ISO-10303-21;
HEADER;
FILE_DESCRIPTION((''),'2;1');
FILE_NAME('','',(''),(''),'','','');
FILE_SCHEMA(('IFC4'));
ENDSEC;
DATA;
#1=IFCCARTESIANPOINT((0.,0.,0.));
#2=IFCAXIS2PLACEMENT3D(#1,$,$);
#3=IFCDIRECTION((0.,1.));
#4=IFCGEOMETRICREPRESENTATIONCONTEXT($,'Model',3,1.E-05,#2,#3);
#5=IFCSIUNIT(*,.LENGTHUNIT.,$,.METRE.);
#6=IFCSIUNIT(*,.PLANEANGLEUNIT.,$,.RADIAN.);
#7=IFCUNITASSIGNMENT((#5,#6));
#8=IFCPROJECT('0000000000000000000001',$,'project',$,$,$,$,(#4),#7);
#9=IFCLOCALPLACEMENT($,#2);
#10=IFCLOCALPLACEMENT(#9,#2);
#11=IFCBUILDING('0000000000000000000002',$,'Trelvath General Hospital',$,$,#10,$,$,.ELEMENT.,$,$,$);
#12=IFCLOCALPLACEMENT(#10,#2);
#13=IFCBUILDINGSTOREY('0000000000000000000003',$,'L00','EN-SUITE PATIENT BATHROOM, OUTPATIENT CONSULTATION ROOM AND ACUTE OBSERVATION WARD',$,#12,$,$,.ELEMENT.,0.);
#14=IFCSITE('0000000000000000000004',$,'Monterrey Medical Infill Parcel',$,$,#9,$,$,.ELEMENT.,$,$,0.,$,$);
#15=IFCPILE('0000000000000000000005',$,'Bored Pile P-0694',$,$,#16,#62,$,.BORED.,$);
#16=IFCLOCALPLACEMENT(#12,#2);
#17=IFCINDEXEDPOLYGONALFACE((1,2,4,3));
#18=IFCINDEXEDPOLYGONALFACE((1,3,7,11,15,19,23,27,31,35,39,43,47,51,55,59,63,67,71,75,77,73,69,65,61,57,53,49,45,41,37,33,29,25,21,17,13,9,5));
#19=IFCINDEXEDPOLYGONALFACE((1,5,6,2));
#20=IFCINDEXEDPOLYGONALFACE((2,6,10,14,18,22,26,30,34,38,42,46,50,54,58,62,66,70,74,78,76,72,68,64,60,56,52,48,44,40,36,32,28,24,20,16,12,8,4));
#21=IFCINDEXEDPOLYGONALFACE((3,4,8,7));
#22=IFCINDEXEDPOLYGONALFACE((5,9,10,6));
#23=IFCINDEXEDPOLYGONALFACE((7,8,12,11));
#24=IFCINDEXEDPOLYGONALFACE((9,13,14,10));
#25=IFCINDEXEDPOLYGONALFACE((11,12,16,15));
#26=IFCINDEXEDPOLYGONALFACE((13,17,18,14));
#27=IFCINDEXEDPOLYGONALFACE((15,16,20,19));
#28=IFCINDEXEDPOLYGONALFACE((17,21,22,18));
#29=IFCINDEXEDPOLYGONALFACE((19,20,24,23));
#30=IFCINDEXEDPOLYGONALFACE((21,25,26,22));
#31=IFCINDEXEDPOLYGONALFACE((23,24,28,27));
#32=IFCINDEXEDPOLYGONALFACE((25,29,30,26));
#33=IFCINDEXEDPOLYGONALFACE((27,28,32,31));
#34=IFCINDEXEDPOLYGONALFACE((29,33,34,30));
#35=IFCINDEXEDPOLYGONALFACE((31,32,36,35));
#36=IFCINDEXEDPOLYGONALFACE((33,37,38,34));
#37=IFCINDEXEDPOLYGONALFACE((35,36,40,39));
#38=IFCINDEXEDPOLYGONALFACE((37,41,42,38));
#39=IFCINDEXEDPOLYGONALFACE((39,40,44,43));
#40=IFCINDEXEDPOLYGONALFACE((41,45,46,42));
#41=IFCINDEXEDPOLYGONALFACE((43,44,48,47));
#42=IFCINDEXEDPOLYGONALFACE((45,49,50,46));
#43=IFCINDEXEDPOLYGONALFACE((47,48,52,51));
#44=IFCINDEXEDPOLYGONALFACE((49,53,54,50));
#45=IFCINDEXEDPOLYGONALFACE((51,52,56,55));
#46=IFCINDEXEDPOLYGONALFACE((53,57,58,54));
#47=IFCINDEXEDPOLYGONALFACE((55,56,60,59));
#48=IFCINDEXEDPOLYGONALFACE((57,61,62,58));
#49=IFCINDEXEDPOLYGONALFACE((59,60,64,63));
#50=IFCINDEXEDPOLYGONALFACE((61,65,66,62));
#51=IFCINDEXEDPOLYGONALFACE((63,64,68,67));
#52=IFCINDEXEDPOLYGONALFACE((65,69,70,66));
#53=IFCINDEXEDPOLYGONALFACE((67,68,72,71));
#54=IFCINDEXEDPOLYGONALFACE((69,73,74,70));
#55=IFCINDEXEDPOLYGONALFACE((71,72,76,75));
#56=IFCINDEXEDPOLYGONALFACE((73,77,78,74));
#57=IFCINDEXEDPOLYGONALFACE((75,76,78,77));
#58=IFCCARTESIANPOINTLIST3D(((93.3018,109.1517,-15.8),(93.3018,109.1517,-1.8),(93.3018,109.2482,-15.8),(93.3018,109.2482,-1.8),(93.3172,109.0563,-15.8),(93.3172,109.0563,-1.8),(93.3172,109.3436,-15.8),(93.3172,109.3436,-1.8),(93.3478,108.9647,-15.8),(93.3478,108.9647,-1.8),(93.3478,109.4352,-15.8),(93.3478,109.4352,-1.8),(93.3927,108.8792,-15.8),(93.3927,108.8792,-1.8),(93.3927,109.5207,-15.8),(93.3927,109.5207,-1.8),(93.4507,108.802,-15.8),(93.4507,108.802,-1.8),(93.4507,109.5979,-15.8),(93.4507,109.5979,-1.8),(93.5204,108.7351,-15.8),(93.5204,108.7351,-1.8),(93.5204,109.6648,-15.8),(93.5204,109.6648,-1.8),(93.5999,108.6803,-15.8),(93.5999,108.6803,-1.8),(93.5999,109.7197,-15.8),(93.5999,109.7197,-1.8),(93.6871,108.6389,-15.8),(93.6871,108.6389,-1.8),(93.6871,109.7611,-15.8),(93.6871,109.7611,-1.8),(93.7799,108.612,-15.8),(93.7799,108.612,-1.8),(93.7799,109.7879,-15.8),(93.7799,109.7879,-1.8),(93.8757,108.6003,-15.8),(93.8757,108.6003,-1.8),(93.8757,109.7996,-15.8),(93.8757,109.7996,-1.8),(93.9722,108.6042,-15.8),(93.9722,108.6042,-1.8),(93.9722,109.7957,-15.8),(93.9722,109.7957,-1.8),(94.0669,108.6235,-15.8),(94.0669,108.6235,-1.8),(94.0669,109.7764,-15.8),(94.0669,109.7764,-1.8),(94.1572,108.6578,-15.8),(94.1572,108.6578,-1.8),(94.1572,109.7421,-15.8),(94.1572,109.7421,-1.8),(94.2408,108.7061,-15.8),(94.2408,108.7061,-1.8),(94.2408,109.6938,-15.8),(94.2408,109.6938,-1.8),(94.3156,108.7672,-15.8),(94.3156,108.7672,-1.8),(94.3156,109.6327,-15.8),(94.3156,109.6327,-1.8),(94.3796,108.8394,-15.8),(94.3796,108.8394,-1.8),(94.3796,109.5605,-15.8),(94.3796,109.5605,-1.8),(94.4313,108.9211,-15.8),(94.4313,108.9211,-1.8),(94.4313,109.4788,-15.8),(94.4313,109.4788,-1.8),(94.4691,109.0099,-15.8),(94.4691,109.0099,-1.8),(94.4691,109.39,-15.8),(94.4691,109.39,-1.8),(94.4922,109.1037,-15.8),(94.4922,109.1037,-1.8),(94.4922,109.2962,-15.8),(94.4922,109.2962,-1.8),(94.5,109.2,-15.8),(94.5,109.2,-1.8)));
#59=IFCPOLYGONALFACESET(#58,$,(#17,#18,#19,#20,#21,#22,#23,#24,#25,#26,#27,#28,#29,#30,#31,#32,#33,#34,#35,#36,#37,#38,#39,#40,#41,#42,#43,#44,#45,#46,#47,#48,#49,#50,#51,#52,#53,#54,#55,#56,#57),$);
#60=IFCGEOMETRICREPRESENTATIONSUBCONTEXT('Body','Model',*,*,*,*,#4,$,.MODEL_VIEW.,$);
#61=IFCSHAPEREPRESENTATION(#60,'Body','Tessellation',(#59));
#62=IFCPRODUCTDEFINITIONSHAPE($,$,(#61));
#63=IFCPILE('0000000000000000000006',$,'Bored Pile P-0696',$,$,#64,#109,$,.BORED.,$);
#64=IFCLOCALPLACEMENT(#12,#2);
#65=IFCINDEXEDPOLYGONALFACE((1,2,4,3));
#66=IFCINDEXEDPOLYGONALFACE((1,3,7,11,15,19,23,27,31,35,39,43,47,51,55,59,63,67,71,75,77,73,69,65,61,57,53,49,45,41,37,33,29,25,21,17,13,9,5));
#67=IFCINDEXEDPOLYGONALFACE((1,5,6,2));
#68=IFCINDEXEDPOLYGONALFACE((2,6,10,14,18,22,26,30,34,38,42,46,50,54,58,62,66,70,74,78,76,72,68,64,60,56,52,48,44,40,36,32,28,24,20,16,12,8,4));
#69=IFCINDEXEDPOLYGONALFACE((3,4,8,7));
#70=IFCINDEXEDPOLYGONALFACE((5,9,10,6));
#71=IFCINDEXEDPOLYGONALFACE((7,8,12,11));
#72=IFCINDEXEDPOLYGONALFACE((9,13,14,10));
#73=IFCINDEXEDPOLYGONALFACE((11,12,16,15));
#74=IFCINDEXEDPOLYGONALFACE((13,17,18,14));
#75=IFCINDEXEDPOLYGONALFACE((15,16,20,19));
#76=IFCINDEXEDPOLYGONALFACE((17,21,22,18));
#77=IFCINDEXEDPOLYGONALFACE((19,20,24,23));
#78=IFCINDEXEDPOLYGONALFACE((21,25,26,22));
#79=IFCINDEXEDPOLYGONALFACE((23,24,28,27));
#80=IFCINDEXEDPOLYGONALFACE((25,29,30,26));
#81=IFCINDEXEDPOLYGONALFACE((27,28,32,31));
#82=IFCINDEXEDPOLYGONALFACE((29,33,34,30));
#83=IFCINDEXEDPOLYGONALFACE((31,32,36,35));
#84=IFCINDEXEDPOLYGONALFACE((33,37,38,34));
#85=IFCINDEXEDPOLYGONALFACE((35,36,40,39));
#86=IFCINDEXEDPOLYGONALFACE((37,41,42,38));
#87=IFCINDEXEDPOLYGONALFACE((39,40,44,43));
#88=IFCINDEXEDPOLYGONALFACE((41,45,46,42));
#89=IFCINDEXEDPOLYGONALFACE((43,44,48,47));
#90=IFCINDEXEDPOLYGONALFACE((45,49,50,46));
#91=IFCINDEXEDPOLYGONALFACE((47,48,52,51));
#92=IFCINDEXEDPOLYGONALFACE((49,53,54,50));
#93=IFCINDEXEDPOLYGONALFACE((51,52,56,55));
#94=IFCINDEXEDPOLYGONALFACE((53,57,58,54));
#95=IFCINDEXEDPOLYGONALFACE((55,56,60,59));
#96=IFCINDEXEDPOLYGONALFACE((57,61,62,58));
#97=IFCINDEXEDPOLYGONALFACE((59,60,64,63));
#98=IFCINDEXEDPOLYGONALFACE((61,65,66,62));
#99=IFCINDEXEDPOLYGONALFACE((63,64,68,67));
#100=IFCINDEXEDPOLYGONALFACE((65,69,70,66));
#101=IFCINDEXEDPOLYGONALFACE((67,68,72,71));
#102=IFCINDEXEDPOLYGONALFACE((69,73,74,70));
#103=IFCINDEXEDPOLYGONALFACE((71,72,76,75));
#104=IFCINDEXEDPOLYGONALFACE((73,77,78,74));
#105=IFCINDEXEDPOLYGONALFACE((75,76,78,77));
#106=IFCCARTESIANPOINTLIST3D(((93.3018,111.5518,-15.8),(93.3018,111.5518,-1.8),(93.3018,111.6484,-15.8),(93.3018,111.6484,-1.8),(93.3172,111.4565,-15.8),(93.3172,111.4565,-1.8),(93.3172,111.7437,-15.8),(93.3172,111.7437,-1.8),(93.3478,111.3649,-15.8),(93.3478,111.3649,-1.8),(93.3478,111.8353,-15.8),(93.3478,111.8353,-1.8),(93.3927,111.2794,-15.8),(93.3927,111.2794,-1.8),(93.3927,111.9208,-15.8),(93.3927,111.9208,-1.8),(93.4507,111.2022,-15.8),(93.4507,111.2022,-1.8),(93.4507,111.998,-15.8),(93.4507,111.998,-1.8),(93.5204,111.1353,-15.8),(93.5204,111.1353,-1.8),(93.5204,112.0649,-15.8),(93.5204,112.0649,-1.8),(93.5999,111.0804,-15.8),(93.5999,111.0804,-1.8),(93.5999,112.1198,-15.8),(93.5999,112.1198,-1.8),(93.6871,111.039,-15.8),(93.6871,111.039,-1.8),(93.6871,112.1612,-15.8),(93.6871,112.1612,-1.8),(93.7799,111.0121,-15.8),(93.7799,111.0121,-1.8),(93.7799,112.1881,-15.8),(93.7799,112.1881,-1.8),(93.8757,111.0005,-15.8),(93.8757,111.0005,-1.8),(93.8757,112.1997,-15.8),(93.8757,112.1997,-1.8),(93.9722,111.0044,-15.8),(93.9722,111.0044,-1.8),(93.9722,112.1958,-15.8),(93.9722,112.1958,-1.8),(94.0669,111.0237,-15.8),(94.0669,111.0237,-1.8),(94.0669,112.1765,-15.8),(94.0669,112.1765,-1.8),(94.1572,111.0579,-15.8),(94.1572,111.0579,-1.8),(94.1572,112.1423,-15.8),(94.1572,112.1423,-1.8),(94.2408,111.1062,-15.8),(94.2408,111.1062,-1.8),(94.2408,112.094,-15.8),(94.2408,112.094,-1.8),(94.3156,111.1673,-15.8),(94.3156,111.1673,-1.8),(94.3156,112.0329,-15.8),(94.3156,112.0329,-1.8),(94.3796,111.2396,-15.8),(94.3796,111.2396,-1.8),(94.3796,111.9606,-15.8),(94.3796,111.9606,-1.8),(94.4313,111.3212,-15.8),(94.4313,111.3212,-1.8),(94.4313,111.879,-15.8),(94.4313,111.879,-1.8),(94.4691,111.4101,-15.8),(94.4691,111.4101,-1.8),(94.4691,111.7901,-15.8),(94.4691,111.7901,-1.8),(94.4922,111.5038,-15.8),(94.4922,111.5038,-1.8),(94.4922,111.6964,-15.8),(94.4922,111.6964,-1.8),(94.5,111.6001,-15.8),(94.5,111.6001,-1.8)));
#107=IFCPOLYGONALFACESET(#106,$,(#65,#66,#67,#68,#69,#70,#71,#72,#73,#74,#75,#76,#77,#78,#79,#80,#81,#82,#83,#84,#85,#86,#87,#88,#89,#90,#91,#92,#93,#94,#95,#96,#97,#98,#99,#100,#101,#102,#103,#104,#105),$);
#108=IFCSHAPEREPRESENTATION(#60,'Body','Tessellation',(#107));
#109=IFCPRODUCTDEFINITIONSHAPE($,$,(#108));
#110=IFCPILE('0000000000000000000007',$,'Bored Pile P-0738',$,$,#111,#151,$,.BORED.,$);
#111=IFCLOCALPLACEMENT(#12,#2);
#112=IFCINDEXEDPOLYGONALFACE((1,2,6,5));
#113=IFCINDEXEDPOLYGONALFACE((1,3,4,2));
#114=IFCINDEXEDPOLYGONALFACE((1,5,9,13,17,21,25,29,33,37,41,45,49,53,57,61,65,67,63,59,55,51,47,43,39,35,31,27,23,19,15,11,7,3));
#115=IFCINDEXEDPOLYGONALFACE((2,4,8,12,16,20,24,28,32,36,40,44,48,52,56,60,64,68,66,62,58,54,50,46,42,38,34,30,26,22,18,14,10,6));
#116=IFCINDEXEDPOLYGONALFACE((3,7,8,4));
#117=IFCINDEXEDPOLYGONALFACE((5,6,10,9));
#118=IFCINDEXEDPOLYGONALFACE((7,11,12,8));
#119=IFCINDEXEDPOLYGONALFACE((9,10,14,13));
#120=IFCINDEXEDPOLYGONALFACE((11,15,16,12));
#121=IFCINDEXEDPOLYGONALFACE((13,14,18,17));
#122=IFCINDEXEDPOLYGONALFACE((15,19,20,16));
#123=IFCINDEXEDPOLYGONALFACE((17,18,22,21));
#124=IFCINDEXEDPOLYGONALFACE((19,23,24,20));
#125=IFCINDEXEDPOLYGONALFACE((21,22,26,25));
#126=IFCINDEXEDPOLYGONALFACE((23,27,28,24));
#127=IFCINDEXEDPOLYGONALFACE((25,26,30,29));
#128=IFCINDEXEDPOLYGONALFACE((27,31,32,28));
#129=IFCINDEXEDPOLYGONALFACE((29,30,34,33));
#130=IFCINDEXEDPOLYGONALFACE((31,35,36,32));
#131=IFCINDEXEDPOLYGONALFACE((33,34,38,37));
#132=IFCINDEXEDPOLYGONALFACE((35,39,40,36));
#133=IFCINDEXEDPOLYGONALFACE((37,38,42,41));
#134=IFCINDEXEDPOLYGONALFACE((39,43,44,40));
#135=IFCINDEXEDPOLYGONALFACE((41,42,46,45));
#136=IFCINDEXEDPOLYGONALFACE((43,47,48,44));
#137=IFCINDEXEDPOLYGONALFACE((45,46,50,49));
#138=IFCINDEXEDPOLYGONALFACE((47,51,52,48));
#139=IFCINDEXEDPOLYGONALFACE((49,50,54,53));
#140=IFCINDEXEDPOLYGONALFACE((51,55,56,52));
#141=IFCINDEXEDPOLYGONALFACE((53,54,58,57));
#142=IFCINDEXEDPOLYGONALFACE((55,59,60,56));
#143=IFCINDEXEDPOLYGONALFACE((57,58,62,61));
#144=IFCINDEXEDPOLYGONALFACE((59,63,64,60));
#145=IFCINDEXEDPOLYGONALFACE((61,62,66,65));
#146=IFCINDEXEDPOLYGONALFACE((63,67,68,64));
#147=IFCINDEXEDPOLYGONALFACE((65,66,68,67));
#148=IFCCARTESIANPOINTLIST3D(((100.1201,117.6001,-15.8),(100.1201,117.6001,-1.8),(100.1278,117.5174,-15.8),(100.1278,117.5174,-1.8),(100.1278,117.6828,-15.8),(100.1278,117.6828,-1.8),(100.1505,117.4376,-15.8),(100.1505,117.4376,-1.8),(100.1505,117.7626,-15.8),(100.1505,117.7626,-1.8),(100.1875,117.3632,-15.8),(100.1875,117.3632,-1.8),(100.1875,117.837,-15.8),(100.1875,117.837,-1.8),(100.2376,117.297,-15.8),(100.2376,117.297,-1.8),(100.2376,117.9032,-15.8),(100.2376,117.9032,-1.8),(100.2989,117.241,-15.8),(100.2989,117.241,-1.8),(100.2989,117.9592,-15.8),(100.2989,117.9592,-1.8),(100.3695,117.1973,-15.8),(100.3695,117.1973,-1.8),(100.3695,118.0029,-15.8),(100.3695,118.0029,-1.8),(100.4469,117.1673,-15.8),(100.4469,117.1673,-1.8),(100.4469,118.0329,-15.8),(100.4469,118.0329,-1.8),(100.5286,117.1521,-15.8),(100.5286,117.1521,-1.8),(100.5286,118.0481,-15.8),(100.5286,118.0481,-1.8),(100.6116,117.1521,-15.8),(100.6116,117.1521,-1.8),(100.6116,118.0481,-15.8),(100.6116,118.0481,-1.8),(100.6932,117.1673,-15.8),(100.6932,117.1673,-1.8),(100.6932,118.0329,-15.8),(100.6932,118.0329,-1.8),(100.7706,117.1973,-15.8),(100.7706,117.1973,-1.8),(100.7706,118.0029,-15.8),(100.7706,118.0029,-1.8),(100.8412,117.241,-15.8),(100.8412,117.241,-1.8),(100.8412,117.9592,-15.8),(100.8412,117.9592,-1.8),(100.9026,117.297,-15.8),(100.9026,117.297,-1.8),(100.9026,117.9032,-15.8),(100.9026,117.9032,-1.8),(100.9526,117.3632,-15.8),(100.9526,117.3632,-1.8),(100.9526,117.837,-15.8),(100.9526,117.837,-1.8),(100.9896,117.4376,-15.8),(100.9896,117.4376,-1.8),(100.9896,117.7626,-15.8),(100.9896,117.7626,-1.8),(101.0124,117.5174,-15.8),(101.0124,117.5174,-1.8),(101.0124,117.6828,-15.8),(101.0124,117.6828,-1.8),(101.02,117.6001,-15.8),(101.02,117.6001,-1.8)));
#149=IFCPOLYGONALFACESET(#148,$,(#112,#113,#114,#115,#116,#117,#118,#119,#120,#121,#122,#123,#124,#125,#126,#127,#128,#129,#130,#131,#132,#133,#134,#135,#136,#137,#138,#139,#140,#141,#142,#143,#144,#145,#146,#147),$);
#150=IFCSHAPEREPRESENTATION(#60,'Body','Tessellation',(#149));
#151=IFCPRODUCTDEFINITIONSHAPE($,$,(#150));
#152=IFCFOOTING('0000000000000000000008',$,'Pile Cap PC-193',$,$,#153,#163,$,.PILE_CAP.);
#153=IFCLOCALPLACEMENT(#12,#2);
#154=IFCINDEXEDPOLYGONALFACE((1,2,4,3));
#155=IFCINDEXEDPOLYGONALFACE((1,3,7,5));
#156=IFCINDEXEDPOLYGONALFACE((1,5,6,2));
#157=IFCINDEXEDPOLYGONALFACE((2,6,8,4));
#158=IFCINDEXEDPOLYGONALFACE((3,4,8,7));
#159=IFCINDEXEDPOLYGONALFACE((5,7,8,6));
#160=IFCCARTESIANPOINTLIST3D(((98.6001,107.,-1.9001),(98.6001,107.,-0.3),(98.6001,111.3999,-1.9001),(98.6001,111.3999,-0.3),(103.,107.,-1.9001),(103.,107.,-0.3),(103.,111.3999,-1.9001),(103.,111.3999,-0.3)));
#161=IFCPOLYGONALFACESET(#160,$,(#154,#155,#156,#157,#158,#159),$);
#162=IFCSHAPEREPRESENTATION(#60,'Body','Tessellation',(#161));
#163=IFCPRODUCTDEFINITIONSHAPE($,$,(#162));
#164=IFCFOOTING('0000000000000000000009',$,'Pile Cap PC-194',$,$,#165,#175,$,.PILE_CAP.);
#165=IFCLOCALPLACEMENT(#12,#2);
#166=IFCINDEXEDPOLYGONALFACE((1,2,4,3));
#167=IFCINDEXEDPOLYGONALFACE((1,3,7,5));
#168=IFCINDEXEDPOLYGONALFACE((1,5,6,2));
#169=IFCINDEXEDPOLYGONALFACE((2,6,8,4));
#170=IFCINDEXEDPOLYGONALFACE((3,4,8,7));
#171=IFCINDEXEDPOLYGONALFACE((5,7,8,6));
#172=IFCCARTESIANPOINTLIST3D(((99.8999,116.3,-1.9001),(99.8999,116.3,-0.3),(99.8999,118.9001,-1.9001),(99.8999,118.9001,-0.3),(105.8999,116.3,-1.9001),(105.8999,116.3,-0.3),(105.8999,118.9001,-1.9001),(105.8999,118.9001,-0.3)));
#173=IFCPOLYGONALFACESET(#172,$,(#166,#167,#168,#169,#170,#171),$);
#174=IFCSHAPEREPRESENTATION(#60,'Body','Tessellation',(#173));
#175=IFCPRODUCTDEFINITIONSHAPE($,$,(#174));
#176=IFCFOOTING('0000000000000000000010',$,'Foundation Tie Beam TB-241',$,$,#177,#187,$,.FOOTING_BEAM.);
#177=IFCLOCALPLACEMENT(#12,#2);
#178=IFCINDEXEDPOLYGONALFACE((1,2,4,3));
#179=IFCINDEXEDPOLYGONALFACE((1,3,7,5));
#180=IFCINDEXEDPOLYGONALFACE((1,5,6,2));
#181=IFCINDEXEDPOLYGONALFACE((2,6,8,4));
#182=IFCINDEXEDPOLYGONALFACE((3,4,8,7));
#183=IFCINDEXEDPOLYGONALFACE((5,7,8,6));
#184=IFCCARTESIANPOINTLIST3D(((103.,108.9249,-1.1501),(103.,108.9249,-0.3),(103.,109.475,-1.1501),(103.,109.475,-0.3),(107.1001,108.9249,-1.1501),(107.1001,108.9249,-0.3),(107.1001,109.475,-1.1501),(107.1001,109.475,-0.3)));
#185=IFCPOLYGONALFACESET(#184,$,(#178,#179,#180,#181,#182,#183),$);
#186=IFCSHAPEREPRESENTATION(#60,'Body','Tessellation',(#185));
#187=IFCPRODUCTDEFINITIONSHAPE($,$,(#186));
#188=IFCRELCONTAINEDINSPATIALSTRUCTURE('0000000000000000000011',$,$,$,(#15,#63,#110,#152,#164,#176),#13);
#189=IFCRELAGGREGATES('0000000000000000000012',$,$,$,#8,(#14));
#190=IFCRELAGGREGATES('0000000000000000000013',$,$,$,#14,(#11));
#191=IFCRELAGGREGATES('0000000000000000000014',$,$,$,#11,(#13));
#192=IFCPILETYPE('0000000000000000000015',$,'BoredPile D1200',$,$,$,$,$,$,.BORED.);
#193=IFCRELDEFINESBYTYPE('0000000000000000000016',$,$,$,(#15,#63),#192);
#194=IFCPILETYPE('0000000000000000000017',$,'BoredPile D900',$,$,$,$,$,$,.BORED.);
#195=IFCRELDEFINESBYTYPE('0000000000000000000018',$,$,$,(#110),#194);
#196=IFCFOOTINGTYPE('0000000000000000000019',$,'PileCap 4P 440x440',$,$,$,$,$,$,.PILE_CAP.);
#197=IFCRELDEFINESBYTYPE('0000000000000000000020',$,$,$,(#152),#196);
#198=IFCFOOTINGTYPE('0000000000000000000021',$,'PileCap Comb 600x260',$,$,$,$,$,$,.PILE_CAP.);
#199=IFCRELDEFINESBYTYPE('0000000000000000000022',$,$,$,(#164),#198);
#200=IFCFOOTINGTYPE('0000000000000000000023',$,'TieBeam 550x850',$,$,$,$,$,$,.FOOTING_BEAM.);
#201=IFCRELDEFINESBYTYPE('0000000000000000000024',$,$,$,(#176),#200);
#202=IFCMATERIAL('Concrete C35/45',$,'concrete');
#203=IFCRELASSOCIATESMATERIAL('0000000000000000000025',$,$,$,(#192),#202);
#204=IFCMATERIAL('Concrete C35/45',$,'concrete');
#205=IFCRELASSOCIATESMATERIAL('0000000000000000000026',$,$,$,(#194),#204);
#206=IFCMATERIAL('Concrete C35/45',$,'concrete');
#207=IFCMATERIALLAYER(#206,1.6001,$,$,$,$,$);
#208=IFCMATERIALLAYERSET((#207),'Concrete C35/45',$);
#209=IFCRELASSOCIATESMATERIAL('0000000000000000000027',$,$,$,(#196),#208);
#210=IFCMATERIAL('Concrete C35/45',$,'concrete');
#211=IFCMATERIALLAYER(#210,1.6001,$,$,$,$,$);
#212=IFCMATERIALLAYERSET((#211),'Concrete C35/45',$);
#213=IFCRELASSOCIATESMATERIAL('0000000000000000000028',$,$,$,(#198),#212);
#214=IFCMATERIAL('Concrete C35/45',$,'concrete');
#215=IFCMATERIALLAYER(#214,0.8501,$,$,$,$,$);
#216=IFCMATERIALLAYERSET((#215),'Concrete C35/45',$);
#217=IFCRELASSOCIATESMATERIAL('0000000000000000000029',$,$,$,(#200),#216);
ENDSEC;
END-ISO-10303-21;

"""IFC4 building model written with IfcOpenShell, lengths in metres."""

from ifc_helpers import new_model, si_unit, direction, frame, origin, origin_2d, place, context, subcontext, project, spatial, rectangle, circle, extrude, material, layer, layer_set, material_profile, profile_set, type_object, element, save


model = new_model("IFC4")

# Units and contexts
model_context = context("Model", 3, precision=1e-05, world=origin(), true_north=direction((0.0, 1.0)))
body_context = subcontext(model_context, "Body", "Model", "MODEL_VIEW")
ifc_project = project(units=[si_unit("LENGTHUNIT", "METRE"), si_unit("PLANEANGLEUNIT", "RADIAN")], contexts=[model_context])

# Site, building, storey
site_placement = place(None, origin())
site = spatial("IfcSite", under=ifc_project, at=site_placement, Name="Monterrey Medical Infill Parcel", CompositionType="ELEMENT", RefElevation=0.0)
building_placement = place(site_placement, origin())
building = spatial("IfcBuilding", under=site, at=building_placement, Name="Trelvath General Hospital", CompositionType="ELEMENT")
storey_placement = place(building_placement, origin())
storey = spatial("IfcBuildingStorey", under=building, at=storey_placement, Name="L00", Description="EN-SUITE PATIENT BATHROOM, OUTPATIENT CONSULTATION ROOM AND ACUTE OBSERVATION WARD", CompositionType="ELEMENT", Elevation=0.0)

# Piles
ifc_material_1 = material(Name="Concrete C35/45", Category="concrete")
ifc_material_profile_1 = material_profile(ifc_material_1, circle(Radius=0.6001, at=origin_2d()), Name="PILE1200")
ifc_profile_set_1 = profile_set([ifc_material_profile_1], Name="Concrete C35/45")
pile_type_1 = type_object("IfcPileType", Name="BoredPile D1200", PredefinedType="BORED", material=ifc_profile_set_1)
for number, where, z_axis, x_axis, name in (
    (1, (93.8999, 109.2, -1.8), (0.0, 0.0, -1.0), (1.0, 0.0, 0.0), "Bored Pile P-0694"),
    (2, (93.8999, 111.6001, -1.8), (0.0, 0.0, -1.0), (1.0, 0.0, 0.0), "Bored Pile P-0696"),
):
    element("IfcPile", number, at=place(storey_placement, frame(where, z_axis=z_axis, x_axis=x_axis)), inside=storey, type_object=pile_type_1, Name=name, PredefinedType="BORED", context=body_context, shape_type="SweptSolid", body=[
        extrude(circle(Radius=0.6001, at=origin_2d()), origin(), (0.0, 0.0, 1.0), 14.0),
    ])
ifc_material_2 = material(Name="Concrete C35/45", Category="concrete")
ifc_material_profile_2 = material_profile(ifc_material_2, circle(Radius=0.45, at=origin_2d()), Name="PILE900")
ifc_profile_set_2 = profile_set([ifc_material_profile_2], Name="Concrete C35/45")
pile_type_2 = type_object("IfcPileType", Name="BoredPile D900", PredefinedType="BORED", material=ifc_profile_set_2)
pile_placement = place(storey_placement, frame((100.5701, 117.6001, -1.8), z_axis=(0.0, 0.0, -1.0), x_axis=(1.0, 0.0, 0.0)))
element("IfcPile", 3, at=pile_placement, inside=storey, type_object=pile_type_2, Name="Bored Pile P-0738", PredefinedType="BORED", context=body_context, shape_type="SweptSolid", body=[
    extrude(circle(Radius=0.45, at=origin_2d()), origin(), (0.0, 0.0, 1.0), 14.0),
])

# Footings
ifc_material_3 = material(Name="Concrete C35/45", Category="concrete")
ifc_layer_1 = layer(ifc_material_3, 1.6001)
ifc_layer_set_1 = layer_set([ifc_layer_1], Name="Concrete C35/45")
footing_type_1 = type_object("IfcFootingType", Name="PileCap 4P 440x440", PredefinedType="PILE_CAP", material=ifc_layer_set_1)
footing_1_placement = place(storey_placement, frame((100.8, 109.2, -1.9001), z_axis=(0.0, 0.0, 1.0), x_axis=(1.0, 0.0, 0.0)))
element("IfcFooting", 4, at=footing_1_placement, inside=storey, type_object=footing_type_1, Name="Pile Cap PC-193", PredefinedType="PILE_CAP", context=body_context, shape_type="SweptSolid", body=[
    extrude(rectangle(XDim=4.3999, YDim=4.3999, at=origin_2d()), origin(), (0.0, 0.0, 1.0), 1.6001),
])
ifc_material_4 = material(Name="Concrete C35/45", Category="concrete")
ifc_layer_2 = layer(ifc_material_4, 1.6001)
ifc_layer_set_2 = layer_set([ifc_layer_2], Name="Concrete C35/45")
footing_type_2 = type_object("IfcFootingType", Name="PileCap Comb 600x260", PredefinedType="PILE_CAP", material=ifc_layer_set_2)
footing_2_placement = place(storey_placement, frame((102.8999, 117.6001, -1.9001), z_axis=(0.0, 0.0, 1.0), x_axis=(1.0, 0.0, 0.0)))
element("IfcFooting", 5, at=footing_2_placement, inside=storey, type_object=footing_type_2, Name="Pile Cap PC-194", PredefinedType="PILE_CAP", context=body_context, shape_type="SweptSolid", body=[
    extrude(rectangle(XDim=6.0, YDim=2.6001, at=origin_2d()), origin(), (0.0, 0.0, 1.0), 1.6001),
])
ifc_material_5 = material(Name="Concrete C35/45", Category="concrete")
ifc_layer_3 = layer(ifc_material_5, 0.8501)
ifc_layer_set_3 = layer_set([ifc_layer_3], Name="Concrete C35/45")
footing_type_3 = type_object("IfcFootingType", Name="TieBeam 550x850", PredefinedType="FOOTING_BEAM", material=ifc_layer_set_3)
footing_3_placement = place(storey_placement, frame((105.05, 109.2, -1.1501), z_axis=(0.0, 0.0, 1.0), x_axis=(1.0, 0.0, 0.0)))
element("IfcFooting", 6, at=footing_3_placement, inside=storey, type_object=footing_type_3, Name="Foundation Tie Beam TB-241", PredefinedType="FOOTING_BEAM", context=body_context, shape_type="SweptSolid", body=[
    extrude(rectangle(XDim=4.1001, YDim=0.55, at=origin_2d()), origin(), (0.0, 0.0, 1.0), 0.8501),
])

save(model, "model.ifc")
